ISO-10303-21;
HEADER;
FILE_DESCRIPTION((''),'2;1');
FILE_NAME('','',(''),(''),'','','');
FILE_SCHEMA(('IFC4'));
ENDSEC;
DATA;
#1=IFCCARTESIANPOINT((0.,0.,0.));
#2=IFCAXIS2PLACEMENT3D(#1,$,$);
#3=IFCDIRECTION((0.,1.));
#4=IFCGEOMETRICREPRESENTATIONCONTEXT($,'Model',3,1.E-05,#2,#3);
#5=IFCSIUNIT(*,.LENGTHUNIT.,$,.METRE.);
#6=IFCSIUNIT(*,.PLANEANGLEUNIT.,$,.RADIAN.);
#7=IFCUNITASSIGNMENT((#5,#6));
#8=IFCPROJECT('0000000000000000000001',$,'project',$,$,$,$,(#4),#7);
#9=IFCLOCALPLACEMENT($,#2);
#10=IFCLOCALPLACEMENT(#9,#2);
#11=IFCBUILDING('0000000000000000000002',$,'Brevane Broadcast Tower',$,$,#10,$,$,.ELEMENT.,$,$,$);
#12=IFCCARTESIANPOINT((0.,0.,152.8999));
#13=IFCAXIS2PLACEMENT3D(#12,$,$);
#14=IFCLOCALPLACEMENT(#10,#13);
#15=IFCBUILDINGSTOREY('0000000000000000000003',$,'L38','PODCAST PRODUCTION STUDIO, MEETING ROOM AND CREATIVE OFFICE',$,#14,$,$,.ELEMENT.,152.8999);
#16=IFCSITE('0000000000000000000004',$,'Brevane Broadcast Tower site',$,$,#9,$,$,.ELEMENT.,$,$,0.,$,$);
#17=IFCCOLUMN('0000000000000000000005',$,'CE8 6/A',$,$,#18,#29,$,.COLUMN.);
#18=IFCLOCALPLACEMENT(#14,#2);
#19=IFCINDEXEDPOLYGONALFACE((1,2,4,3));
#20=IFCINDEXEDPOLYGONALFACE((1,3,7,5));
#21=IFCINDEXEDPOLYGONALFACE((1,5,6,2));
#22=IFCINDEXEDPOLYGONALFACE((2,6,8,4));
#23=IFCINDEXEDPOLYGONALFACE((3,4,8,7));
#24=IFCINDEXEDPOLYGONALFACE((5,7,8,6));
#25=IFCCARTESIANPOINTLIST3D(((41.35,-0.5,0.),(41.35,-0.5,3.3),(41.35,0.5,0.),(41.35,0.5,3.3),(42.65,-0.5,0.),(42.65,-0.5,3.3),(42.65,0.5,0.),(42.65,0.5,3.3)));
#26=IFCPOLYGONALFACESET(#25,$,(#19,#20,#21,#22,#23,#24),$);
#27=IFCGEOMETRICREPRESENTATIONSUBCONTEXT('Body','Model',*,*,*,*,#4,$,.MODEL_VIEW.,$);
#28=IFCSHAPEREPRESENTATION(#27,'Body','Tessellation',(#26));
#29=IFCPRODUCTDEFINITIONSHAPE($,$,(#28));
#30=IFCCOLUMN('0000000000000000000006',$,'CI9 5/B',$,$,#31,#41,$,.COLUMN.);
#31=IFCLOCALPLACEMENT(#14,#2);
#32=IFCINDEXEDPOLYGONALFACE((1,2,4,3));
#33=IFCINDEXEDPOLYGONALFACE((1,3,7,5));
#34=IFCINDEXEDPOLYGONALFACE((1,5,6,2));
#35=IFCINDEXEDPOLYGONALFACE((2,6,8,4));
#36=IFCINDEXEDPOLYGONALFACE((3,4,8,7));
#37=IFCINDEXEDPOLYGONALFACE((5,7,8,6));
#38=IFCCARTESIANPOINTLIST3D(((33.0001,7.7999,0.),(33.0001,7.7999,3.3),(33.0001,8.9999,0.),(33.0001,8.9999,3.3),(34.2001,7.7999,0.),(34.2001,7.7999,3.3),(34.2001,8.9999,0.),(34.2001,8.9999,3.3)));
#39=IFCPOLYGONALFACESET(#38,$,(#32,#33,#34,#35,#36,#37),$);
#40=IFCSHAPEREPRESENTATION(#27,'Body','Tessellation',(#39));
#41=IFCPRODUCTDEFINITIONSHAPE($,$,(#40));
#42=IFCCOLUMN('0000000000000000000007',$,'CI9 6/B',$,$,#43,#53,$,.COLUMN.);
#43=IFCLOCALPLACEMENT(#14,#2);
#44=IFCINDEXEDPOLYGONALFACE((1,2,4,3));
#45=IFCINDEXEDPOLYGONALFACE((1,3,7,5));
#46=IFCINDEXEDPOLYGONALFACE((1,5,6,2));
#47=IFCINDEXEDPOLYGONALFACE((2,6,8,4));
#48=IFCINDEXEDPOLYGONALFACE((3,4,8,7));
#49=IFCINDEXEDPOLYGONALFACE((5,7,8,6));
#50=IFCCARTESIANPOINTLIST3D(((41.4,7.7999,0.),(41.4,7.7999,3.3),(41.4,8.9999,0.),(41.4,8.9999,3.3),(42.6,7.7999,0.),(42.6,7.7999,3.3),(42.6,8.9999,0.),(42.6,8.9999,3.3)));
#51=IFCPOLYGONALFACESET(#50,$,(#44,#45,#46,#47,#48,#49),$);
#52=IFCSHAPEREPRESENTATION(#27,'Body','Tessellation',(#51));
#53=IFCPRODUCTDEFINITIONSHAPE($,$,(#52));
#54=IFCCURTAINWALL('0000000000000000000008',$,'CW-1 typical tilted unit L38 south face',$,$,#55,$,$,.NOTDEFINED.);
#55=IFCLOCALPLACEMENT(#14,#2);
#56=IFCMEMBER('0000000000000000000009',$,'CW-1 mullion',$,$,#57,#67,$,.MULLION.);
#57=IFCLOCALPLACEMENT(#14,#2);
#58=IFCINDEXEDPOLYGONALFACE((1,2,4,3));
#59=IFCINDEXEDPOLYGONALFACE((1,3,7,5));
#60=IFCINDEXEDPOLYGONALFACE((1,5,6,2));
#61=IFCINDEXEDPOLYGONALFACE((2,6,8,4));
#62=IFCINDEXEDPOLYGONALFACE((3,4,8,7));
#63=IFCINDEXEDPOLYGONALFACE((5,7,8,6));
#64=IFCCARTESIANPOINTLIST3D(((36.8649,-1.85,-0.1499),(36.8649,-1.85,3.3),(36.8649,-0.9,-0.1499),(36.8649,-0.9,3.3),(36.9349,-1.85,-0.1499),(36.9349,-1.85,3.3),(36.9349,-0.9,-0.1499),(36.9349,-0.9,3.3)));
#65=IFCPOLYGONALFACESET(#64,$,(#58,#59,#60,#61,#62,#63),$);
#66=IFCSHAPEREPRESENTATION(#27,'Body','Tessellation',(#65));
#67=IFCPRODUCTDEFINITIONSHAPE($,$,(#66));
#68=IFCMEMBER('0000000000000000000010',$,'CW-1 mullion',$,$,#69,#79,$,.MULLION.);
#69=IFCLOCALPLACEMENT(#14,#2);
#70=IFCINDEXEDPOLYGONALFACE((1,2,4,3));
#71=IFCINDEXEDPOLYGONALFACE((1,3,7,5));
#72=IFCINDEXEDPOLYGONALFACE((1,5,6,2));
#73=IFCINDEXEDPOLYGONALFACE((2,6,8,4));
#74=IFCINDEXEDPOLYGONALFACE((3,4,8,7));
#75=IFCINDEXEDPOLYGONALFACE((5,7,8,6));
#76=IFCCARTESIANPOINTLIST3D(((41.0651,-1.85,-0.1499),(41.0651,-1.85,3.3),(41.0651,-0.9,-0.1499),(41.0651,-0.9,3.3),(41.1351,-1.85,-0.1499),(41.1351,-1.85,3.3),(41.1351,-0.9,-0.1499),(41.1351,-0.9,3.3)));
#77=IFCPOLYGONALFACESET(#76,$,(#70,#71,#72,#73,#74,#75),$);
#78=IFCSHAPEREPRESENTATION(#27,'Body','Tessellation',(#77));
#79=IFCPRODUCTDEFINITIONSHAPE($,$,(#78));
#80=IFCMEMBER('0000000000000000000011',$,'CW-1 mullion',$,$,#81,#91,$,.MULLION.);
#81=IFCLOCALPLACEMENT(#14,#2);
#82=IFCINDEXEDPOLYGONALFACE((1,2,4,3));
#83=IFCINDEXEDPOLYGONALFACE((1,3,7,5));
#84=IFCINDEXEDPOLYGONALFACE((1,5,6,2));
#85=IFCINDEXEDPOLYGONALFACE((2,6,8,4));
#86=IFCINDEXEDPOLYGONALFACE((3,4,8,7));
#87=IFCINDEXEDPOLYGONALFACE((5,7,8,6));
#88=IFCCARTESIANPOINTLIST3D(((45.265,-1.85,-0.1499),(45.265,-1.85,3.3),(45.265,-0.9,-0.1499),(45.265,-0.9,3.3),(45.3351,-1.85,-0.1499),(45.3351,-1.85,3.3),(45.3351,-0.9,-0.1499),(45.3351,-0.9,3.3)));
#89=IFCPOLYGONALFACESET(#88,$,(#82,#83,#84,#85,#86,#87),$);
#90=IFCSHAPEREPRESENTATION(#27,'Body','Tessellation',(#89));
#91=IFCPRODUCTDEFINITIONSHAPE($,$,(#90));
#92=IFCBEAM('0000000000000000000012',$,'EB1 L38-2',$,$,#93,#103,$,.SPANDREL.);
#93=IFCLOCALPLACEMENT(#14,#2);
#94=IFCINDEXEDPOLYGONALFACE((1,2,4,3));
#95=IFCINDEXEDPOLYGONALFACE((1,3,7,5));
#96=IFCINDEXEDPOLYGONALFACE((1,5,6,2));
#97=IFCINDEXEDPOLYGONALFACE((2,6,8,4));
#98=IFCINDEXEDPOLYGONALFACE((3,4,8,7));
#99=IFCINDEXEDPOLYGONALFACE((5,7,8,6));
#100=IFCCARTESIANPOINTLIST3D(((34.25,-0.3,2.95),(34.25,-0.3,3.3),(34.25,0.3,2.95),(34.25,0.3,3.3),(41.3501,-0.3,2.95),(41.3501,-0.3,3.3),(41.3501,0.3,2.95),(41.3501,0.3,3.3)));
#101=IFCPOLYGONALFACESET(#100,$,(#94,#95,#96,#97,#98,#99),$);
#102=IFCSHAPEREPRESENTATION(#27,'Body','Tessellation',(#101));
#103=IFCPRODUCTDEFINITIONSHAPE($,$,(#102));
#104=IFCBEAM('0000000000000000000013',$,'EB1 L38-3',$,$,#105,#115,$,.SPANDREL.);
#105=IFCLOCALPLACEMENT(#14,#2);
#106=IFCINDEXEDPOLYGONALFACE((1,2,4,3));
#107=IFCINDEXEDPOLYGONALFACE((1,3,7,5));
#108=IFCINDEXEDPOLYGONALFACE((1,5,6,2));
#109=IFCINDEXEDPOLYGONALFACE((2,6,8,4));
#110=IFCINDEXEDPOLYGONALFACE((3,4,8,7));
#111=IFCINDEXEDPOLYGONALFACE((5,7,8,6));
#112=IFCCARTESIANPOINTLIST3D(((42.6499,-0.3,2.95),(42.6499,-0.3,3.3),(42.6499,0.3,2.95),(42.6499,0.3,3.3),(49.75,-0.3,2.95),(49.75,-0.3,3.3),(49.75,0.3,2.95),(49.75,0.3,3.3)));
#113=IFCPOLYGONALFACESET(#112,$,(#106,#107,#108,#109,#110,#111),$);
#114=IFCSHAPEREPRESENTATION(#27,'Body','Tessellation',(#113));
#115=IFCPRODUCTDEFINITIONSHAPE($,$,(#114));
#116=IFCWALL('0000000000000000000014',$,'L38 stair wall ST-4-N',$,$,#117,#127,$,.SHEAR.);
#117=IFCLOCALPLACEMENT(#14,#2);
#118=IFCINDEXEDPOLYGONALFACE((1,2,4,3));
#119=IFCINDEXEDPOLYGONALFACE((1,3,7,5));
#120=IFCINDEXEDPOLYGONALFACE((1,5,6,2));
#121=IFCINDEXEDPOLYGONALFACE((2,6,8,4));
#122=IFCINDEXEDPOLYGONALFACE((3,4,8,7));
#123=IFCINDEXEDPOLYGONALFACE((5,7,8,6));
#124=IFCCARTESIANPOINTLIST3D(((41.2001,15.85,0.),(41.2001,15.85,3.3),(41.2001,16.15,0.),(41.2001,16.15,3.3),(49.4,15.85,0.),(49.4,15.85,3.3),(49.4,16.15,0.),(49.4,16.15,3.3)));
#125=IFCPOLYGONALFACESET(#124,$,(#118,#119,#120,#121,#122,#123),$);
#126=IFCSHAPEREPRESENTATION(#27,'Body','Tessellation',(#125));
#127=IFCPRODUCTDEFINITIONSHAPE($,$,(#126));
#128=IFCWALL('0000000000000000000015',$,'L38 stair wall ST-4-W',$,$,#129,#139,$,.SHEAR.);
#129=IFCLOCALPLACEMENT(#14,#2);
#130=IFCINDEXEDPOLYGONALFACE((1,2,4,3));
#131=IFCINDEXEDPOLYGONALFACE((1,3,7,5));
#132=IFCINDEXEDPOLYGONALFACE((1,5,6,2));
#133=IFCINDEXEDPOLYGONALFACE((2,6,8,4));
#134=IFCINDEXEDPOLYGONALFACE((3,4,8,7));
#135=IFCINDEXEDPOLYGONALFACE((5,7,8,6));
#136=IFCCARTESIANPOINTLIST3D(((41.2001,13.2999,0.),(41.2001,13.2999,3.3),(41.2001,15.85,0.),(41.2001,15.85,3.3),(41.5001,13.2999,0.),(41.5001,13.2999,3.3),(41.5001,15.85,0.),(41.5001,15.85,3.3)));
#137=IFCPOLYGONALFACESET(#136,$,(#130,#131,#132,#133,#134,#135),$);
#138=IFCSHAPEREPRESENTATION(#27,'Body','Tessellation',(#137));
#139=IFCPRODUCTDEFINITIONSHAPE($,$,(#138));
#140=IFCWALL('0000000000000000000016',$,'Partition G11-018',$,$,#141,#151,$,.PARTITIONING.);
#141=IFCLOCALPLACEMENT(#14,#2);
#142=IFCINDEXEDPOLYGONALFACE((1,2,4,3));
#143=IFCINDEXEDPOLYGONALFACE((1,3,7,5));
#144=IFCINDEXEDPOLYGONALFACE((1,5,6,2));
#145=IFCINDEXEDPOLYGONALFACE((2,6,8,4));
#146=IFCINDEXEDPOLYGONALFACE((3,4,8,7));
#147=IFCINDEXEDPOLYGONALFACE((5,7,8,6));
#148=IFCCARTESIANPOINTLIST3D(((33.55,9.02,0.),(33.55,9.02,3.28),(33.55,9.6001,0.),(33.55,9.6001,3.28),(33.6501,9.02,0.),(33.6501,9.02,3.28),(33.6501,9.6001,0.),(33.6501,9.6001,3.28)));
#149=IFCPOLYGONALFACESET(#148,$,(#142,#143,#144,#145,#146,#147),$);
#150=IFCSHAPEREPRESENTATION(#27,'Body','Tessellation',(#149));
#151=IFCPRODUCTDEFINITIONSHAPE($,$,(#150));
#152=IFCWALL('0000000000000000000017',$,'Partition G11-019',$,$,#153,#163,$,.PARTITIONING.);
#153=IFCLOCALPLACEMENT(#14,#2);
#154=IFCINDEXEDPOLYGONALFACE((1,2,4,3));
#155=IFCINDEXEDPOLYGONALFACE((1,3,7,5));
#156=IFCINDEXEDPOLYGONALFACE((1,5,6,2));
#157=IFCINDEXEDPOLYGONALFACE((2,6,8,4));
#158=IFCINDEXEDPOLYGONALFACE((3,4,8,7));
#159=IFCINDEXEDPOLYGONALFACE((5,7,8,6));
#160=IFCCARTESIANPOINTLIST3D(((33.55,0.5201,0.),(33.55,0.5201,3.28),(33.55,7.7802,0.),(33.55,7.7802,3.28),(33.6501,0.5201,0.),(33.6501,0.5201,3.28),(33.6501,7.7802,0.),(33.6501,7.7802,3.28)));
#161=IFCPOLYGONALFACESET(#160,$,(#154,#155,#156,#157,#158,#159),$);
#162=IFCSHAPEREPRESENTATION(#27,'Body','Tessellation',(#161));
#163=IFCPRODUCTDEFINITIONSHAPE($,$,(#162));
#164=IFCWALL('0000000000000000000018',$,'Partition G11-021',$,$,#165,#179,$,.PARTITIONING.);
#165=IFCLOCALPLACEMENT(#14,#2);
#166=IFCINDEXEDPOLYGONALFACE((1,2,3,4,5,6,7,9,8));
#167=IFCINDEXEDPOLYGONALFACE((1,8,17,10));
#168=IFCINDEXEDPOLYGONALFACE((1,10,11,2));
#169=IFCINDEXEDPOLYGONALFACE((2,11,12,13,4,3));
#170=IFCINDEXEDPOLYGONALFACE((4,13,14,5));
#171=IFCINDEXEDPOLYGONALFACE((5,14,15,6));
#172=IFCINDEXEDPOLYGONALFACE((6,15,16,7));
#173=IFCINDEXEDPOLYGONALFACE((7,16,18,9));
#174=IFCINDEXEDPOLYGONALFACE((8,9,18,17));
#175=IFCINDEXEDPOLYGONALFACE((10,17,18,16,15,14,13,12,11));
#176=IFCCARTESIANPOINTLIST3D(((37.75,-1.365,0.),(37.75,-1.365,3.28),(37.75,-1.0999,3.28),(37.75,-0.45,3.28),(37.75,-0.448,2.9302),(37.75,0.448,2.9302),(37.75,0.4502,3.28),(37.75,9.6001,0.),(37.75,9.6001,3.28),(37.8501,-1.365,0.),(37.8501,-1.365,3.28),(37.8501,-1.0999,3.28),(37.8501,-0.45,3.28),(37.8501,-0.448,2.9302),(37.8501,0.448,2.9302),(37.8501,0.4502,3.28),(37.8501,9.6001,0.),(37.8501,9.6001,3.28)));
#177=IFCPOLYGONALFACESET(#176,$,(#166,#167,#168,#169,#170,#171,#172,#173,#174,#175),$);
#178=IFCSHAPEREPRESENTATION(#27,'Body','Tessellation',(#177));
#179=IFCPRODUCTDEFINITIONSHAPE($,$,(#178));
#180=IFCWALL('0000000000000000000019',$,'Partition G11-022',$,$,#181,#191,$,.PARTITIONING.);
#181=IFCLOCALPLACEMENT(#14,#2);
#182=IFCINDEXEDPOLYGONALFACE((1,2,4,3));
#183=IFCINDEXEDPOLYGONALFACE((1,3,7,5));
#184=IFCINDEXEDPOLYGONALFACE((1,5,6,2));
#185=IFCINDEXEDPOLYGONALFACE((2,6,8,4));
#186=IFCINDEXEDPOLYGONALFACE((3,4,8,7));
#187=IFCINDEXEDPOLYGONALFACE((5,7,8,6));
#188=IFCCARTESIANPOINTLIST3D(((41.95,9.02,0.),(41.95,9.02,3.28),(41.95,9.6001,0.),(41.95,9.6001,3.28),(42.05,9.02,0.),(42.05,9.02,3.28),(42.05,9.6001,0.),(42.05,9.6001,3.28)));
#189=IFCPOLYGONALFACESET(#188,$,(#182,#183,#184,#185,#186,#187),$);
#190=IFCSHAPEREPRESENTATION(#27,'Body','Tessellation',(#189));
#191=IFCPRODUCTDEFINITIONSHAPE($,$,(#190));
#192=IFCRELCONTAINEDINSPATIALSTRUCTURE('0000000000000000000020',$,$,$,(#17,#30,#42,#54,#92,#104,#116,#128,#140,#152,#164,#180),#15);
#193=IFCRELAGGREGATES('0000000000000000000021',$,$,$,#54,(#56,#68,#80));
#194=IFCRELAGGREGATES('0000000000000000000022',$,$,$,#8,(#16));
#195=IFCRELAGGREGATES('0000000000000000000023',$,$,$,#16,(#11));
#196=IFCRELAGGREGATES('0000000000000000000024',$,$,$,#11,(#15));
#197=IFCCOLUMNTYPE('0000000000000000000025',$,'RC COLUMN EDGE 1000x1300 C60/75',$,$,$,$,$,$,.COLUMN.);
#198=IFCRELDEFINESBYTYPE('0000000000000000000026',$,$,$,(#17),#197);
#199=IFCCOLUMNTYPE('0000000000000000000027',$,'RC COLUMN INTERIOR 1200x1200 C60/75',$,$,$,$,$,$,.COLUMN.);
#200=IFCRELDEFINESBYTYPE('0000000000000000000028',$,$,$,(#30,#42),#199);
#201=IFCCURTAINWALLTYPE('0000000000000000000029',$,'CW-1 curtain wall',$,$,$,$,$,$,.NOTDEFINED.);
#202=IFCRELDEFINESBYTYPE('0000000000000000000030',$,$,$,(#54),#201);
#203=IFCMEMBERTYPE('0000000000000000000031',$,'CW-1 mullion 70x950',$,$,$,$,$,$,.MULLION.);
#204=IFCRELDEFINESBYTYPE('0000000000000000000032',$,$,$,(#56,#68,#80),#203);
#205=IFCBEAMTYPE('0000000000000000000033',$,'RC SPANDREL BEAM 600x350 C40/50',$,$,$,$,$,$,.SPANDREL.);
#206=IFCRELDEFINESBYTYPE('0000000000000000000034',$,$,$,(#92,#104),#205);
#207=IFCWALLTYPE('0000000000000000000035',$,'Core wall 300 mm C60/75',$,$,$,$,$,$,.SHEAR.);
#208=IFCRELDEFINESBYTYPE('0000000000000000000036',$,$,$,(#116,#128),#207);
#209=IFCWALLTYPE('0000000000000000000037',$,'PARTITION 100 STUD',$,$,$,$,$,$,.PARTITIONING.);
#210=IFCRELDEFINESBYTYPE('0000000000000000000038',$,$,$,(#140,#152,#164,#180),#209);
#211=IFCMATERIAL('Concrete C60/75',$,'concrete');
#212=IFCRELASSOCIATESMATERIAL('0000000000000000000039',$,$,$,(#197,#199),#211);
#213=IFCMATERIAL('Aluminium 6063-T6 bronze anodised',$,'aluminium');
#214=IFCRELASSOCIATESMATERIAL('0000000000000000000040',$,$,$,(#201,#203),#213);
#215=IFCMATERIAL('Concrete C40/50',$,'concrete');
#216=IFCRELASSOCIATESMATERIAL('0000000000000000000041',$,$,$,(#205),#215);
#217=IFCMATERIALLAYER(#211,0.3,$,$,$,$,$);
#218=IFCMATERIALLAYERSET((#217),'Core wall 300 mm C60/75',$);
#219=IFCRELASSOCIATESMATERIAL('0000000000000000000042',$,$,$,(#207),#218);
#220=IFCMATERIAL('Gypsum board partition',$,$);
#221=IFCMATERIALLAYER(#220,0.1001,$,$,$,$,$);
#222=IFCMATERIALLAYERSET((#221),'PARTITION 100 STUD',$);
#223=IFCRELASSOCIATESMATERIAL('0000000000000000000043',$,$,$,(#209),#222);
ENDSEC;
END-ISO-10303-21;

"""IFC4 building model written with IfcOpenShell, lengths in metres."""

from ifc_helpers import new_model, si_unit, direction, frame, frame_2d, origin, origin_2d, place, context, subcontext, project, spatial, polyline, rectangle, outline, extrude, material, layer, layer_set, material_profile, profile_set, type_object, element, aggregate, save


model = new_model("IFC4")

# Units and contexts
model_context = context("Model", 3, precision=1e-05, world=origin(), true_north=direction((0.0, 1.0)))
body_context = subcontext(model_context, "Body", "Model", "MODEL_VIEW")
ifc_project = project(units=[si_unit("LENGTHUNIT", "METRE"), si_unit("PLANEANGLEUNIT", "RADIAN")], contexts=[model_context])

# Site, building, storey
site_placement = place(None, origin())
site = spatial("IfcSite", under=ifc_project, at=site_placement, Name="Brevane Broadcast Tower site", CompositionType="ELEMENT", RefElevation=0.0)
building_placement = place(site_placement, origin())
building = spatial("IfcBuilding", under=site, at=building_placement, Name="Brevane Broadcast Tower", CompositionType="ELEMENT")
storey_placement = place(building_placement, frame((0.0, 0.0, 152.8999)))
storey = spatial("IfcBuildingStorey", under=building, at=storey_placement, Name="L38", Description="PODCAST PRODUCTION STUDIO, MEETING ROOM AND CREATIVE OFFICE", CompositionType="ELEMENT", Elevation=152.8999)

# Columns
ifc_material_1 = material(Name="Concrete C60/75", Category="concrete")
ifc_material_profile_1 = material_profile(ifc_material_1, rectangle(XDim=1.0, YDim=1.3, at=origin_2d()), Name="RC 1000x1300")
ifc_profile_set_1 = profile_set([ifc_material_profile_1], Name="Concrete C60/75")
column_type_1 = type_object("IfcColumnType", Name="RC COLUMN EDGE 1000x1300 C60/75", PredefinedType="COLUMN", material=ifc_profile_set_1)
column_placement = place(storey_placement, frame((42.0, 0.0, 0.0), z_axis=(0.0, 0.0, 1.0), x_axis=(0.0, 1.0, 0.0)))
element("IfcColumn", 1, at=column_placement, inside=storey, type_object=column_type_1, Name="CE8 6/A", PredefinedType="COLUMN", context=body_context, shape_type="SweptSolid", body=[
    extrude(rectangle(XDim=1.0, YDim=1.3, at=origin_2d()), origin(), (0.0, 0.0, 1.0), 3.3),
])
ifc_material_profile_2 = material_profile(ifc_material_1, rectangle(XDim=1.2, YDim=1.2, at=origin_2d()), Name="RC 1200x1200")
ifc_profile_set_2 = profile_set([ifc_material_profile_2], Name="Concrete C60/75")
column_type_2 = type_object("IfcColumnType", Name="RC COLUMN INTERIOR 1200x1200 C60/75", PredefinedType="COLUMN", material=ifc_profile_set_2)
for number, where, z_axis, x_axis, name in (
    (2, (33.6001, 8.3999, 0.0), (0.0, 0.0, 1.0), (1.0, 0.0, 0.0), "CI9 5/B"),
    (3, (42.0, 8.3999, 0.0), (0.0, 0.0, 1.0), (1.0, 0.0, 0.0), "CI9 6/B"),
):
    element("IfcColumn", number, at=place(storey_placement, frame(where, z_axis=z_axis, x_axis=x_axis)), inside=storey, type_object=column_type_2, Name=name, PredefinedType="COLUMN", context=body_context, shape_type="SweptSolid", body=[
        extrude(rectangle(XDim=1.2, YDim=1.2, at=origin_2d()), origin(), (0.0, 0.0, 1.0), 3.3),
    ])

# Curtain wall, members
ifc_material_2 = material(Name="Aluminium 6063-T6 bronze anodised", Category="aluminium")
curtain_wall_type = type_object("IfcCurtainWallType", Name="CW-1 curtain wall", PredefinedType="NOTDEFINED", material=ifc_material_2)
curtain_wall_placement = place(storey_placement, origin())
curtain_wall = element("IfcCurtainWall", 4, at=curtain_wall_placement, inside=storey, type_object=curtain_wall_type, Name="CW-1 typical tilted unit L38 south face", PredefinedType="NOTDEFINED")
ifc_material_profile_3 = material_profile(ifc_material_2, rectangle(XDim=0.95, YDim=0.0701, at=origin_2d()), Name="RECT 70x950")
ifc_profile_set_3 = profile_set([ifc_material_profile_3], Name="Aluminium 6063-T6 bronze anodised")
member_type = type_object("IfcMemberType", Name="CW-1 mullion 70x950", PredefinedType="MULLION", material=ifc_profile_set_3)
member_1_placement = place(storey_placement, frame((36.8999, -1.375, -0.1499), z_axis=(0.0, 0.0, 1.0), x_axis=(0.0, 1.0, 0.0)))
member_1 = element("IfcMember", 5, at=member_1_placement, type_object=member_type, Name="CW-1 mullion", PredefinedType="MULLION", context=body_context, shape_type="SweptSolid", body=[
    extrude(rectangle(XDim=0.95, YDim=0.0701, at=origin_2d()), origin(), (0.0, 0.0, 1.0), 3.45),
])
member_2_placement = place(storey_placement, frame((41.1001, -1.375, -0.1499), z_axis=(0.0, 0.0, 1.0), x_axis=(0.0, 1.0, 0.0)))
member_2 = element("IfcMember", 6, at=member_2_placement, type_object=member_type, Name="CW-1 mullion", PredefinedType="MULLION", context=body_context, shape_type="SweptSolid", body=[
    extrude(rectangle(XDim=0.95, YDim=0.0701, at=origin_2d()), origin(), (0.0, 0.0, 1.0), 3.45),
])
member_3_placement = place(storey_placement, frame((45.3, -1.375, -0.1499), z_axis=(0.0, 0.0, 1.0), x_axis=(0.0, 1.0, 0.0)))
member_3 = element("IfcMember", 7, at=member_3_placement, type_object=member_type, Name="CW-1 mullion", PredefinedType="MULLION", context=body_context, shape_type="SweptSolid", body=[
    extrude(rectangle(XDim=0.95, YDim=0.0701, at=origin_2d()), origin(), (0.0, 0.0, 1.0), 3.45),
])
aggregate(curtain_wall, [member_1, member_2, member_3])

# Beams
ifc_material_3 = material(Name="Concrete C40/50", Category="concrete")
ifc_material_profile_4 = material_profile(ifc_material_3, rectangle(XDim=0.6001, YDim=0.3501, at=origin_2d()), Name="RC 600x350")
ifc_profile_set_4 = profile_set([ifc_material_profile_4], Name="Concrete C40/50")
beam_type = type_object("IfcBeamType", Name="RC SPANDREL BEAM 600x350 C40/50", PredefinedType="SPANDREL", material=ifc_profile_set_4)
for number, where, z_axis, x_axis, name in (
    (8, (34.25, 0.0, 3.125), (1.0, 0.0, 0.0), (0.0, 1.0, 0.0), "EB1 L38-2"),
    (9, (42.6499, 0.0, 3.125), (1.0, 0.0, 0.0), (0.0, 1.0, 0.0), "EB1 L38-3"),
):
    element("IfcBeam", number, at=place(storey_placement, frame(where, z_axis=z_axis, x_axis=x_axis)), inside=storey, type_object=beam_type, Name=name, PredefinedType="SPANDREL", context=body_context, shape_type="SweptSolid", body=[
        extrude(rectangle(XDim=0.6001, YDim=0.3501, at=origin_2d()), origin(), (0.0, 0.0, 1.0), 7.1001),
    ])

# Walls
ifc_layer_1 = layer(ifc_material_1, 0.3)
ifc_layer_set_1 = layer_set([ifc_layer_1], Name="Core wall 300 mm C60/75")
wall_type_1 = type_object("IfcWallType", Name="Core wall 300 mm C60/75", PredefinedType="SHEAR", material=ifc_layer_set_1)
wall_1_placement = place(storey_placement, frame((41.2, 16.0, 0.0), z_axis=(0.0, 0.0, 1.0), x_axis=(1.0, 0.0, 0.0)))
element("IfcWall", 10, at=wall_1_placement, inside=storey, type_object=wall_type_1, Name="L38 stair wall ST-4-N", PredefinedType="SHEAR", context=body_context, shape_type="SweptSolid", body=[
    extrude(rectangle(XDim=8.2, YDim=0.3, at=frame_2d((4.1001, 0.0))), origin(), (0.0, 0.0, 1.0), 3.3),
])
wall_2_placement = place(storey_placement, frame((41.3501, 13.3, 0.0), z_axis=(0.0, 0.0, 1.0), x_axis=(0.0, 1.0, 0.0)))
element("IfcWall", 11, at=wall_2_placement, inside=storey, type_object=wall_type_1, Name="L38 stair wall ST-4-W", PredefinedType="SHEAR", context=body_context, shape_type="SweptSolid", body=[
    extrude(rectangle(XDim=2.55, YDim=0.3, at=frame_2d((1.2749, 0.0))), origin(), (0.0, 0.0, 1.0), 3.3),
])
ifc_material_4 = material(Name="Gypsum board partition")
ifc_layer_2 = layer(ifc_material_4, 0.1001)
ifc_layer_set_2 = layer_set([ifc_layer_2], Name="PARTITION 100 STUD")
wall_type_2 = type_object("IfcWallType", Name="PARTITION 100 STUD", PredefinedType="PARTITIONING", material=ifc_layer_set_2)
wall_3_placement = place(storey_placement, frame((33.6001, 9.6001, 0.0), z_axis=(0.0, 0.0, 1.0), x_axis=(0.0, -1.0, 0.0)))
element("IfcWall", 12, at=wall_3_placement, inside=storey, type_object=wall_type_2, Name="Partition G11-018", PredefinedType="PARTITIONING", context=body_context, shape_type="SweptSolid", body=[
    extrude(rectangle(XDim=0.5801, YDim=0.1001, at=frame_2d((0.29, 0.0))), origin(), (0.0, 0.0, 1.0), 3.28),
])
wall_4_placement = place(storey_placement, frame((33.6001, 7.78, 0.0), z_axis=(0.0, 0.0, 1.0), x_axis=(0.0, -1.0, 0.0)))
element("IfcWall", 13, at=wall_4_placement, inside=storey, type_object=wall_type_2, Name="Partition G11-019", PredefinedType="PARTITIONING", context=body_context, shape_type="SweptSolid", body=[
    extrude(rectangle(XDim=7.26, YDim=0.1001, at=frame_2d((3.6299, 0.0))), origin(), (0.0, 0.0, 1.0), 3.28),
])
wall_5_placement = place(storey_placement, frame((37.8, 9.6001, 0.0), z_axis=(0.0, 0.0, 1.0), x_axis=(0.0, -1.0, 0.0)))
element("IfcWall", 14, at=wall_5_placement, inside=storey, type_object=wall_type_2, Name="Partition G11-021", PredefinedType="PARTITIONING", context=body_context, shape_type="SweptSolid", body=[
    extrude(outline(polyline([(0.0, 0.0), (10.9651, 0.0), (10.9651, 3.28), (10.7, 3.28), (10.05, 3.28), (10.0481, 2.9302), (9.1521, 2.9302), (9.1499, 3.28), (0.0, 3.28), (0.0, 0.0)])), frame((0.0, 0.05, 0.0), z_axis=(0.0, -1.0, 0.0), x_axis=(1.0, 0.0, 0.0)), (0.0, 0.0, 1.0), 0.1001),
])
wall_6_placement = place(storey_placement, frame((42.0, 9.6001, 0.0), z_axis=(0.0, 0.0, 1.0), x_axis=(0.0, -1.0, 0.0)))
element("IfcWall", 15, at=wall_6_placement, inside=storey, type_object=wall_type_2, Name="Partition G11-022", PredefinedType="PARTITIONING", context=body_context, shape_type="SweptSolid", body=[
    extrude(rectangle(XDim=0.5801, YDim=0.1001, at=frame_2d((0.29, 0.0))), origin(), (0.0, 0.0, 1.0), 3.28),
])

save(model, "model.ifc")
